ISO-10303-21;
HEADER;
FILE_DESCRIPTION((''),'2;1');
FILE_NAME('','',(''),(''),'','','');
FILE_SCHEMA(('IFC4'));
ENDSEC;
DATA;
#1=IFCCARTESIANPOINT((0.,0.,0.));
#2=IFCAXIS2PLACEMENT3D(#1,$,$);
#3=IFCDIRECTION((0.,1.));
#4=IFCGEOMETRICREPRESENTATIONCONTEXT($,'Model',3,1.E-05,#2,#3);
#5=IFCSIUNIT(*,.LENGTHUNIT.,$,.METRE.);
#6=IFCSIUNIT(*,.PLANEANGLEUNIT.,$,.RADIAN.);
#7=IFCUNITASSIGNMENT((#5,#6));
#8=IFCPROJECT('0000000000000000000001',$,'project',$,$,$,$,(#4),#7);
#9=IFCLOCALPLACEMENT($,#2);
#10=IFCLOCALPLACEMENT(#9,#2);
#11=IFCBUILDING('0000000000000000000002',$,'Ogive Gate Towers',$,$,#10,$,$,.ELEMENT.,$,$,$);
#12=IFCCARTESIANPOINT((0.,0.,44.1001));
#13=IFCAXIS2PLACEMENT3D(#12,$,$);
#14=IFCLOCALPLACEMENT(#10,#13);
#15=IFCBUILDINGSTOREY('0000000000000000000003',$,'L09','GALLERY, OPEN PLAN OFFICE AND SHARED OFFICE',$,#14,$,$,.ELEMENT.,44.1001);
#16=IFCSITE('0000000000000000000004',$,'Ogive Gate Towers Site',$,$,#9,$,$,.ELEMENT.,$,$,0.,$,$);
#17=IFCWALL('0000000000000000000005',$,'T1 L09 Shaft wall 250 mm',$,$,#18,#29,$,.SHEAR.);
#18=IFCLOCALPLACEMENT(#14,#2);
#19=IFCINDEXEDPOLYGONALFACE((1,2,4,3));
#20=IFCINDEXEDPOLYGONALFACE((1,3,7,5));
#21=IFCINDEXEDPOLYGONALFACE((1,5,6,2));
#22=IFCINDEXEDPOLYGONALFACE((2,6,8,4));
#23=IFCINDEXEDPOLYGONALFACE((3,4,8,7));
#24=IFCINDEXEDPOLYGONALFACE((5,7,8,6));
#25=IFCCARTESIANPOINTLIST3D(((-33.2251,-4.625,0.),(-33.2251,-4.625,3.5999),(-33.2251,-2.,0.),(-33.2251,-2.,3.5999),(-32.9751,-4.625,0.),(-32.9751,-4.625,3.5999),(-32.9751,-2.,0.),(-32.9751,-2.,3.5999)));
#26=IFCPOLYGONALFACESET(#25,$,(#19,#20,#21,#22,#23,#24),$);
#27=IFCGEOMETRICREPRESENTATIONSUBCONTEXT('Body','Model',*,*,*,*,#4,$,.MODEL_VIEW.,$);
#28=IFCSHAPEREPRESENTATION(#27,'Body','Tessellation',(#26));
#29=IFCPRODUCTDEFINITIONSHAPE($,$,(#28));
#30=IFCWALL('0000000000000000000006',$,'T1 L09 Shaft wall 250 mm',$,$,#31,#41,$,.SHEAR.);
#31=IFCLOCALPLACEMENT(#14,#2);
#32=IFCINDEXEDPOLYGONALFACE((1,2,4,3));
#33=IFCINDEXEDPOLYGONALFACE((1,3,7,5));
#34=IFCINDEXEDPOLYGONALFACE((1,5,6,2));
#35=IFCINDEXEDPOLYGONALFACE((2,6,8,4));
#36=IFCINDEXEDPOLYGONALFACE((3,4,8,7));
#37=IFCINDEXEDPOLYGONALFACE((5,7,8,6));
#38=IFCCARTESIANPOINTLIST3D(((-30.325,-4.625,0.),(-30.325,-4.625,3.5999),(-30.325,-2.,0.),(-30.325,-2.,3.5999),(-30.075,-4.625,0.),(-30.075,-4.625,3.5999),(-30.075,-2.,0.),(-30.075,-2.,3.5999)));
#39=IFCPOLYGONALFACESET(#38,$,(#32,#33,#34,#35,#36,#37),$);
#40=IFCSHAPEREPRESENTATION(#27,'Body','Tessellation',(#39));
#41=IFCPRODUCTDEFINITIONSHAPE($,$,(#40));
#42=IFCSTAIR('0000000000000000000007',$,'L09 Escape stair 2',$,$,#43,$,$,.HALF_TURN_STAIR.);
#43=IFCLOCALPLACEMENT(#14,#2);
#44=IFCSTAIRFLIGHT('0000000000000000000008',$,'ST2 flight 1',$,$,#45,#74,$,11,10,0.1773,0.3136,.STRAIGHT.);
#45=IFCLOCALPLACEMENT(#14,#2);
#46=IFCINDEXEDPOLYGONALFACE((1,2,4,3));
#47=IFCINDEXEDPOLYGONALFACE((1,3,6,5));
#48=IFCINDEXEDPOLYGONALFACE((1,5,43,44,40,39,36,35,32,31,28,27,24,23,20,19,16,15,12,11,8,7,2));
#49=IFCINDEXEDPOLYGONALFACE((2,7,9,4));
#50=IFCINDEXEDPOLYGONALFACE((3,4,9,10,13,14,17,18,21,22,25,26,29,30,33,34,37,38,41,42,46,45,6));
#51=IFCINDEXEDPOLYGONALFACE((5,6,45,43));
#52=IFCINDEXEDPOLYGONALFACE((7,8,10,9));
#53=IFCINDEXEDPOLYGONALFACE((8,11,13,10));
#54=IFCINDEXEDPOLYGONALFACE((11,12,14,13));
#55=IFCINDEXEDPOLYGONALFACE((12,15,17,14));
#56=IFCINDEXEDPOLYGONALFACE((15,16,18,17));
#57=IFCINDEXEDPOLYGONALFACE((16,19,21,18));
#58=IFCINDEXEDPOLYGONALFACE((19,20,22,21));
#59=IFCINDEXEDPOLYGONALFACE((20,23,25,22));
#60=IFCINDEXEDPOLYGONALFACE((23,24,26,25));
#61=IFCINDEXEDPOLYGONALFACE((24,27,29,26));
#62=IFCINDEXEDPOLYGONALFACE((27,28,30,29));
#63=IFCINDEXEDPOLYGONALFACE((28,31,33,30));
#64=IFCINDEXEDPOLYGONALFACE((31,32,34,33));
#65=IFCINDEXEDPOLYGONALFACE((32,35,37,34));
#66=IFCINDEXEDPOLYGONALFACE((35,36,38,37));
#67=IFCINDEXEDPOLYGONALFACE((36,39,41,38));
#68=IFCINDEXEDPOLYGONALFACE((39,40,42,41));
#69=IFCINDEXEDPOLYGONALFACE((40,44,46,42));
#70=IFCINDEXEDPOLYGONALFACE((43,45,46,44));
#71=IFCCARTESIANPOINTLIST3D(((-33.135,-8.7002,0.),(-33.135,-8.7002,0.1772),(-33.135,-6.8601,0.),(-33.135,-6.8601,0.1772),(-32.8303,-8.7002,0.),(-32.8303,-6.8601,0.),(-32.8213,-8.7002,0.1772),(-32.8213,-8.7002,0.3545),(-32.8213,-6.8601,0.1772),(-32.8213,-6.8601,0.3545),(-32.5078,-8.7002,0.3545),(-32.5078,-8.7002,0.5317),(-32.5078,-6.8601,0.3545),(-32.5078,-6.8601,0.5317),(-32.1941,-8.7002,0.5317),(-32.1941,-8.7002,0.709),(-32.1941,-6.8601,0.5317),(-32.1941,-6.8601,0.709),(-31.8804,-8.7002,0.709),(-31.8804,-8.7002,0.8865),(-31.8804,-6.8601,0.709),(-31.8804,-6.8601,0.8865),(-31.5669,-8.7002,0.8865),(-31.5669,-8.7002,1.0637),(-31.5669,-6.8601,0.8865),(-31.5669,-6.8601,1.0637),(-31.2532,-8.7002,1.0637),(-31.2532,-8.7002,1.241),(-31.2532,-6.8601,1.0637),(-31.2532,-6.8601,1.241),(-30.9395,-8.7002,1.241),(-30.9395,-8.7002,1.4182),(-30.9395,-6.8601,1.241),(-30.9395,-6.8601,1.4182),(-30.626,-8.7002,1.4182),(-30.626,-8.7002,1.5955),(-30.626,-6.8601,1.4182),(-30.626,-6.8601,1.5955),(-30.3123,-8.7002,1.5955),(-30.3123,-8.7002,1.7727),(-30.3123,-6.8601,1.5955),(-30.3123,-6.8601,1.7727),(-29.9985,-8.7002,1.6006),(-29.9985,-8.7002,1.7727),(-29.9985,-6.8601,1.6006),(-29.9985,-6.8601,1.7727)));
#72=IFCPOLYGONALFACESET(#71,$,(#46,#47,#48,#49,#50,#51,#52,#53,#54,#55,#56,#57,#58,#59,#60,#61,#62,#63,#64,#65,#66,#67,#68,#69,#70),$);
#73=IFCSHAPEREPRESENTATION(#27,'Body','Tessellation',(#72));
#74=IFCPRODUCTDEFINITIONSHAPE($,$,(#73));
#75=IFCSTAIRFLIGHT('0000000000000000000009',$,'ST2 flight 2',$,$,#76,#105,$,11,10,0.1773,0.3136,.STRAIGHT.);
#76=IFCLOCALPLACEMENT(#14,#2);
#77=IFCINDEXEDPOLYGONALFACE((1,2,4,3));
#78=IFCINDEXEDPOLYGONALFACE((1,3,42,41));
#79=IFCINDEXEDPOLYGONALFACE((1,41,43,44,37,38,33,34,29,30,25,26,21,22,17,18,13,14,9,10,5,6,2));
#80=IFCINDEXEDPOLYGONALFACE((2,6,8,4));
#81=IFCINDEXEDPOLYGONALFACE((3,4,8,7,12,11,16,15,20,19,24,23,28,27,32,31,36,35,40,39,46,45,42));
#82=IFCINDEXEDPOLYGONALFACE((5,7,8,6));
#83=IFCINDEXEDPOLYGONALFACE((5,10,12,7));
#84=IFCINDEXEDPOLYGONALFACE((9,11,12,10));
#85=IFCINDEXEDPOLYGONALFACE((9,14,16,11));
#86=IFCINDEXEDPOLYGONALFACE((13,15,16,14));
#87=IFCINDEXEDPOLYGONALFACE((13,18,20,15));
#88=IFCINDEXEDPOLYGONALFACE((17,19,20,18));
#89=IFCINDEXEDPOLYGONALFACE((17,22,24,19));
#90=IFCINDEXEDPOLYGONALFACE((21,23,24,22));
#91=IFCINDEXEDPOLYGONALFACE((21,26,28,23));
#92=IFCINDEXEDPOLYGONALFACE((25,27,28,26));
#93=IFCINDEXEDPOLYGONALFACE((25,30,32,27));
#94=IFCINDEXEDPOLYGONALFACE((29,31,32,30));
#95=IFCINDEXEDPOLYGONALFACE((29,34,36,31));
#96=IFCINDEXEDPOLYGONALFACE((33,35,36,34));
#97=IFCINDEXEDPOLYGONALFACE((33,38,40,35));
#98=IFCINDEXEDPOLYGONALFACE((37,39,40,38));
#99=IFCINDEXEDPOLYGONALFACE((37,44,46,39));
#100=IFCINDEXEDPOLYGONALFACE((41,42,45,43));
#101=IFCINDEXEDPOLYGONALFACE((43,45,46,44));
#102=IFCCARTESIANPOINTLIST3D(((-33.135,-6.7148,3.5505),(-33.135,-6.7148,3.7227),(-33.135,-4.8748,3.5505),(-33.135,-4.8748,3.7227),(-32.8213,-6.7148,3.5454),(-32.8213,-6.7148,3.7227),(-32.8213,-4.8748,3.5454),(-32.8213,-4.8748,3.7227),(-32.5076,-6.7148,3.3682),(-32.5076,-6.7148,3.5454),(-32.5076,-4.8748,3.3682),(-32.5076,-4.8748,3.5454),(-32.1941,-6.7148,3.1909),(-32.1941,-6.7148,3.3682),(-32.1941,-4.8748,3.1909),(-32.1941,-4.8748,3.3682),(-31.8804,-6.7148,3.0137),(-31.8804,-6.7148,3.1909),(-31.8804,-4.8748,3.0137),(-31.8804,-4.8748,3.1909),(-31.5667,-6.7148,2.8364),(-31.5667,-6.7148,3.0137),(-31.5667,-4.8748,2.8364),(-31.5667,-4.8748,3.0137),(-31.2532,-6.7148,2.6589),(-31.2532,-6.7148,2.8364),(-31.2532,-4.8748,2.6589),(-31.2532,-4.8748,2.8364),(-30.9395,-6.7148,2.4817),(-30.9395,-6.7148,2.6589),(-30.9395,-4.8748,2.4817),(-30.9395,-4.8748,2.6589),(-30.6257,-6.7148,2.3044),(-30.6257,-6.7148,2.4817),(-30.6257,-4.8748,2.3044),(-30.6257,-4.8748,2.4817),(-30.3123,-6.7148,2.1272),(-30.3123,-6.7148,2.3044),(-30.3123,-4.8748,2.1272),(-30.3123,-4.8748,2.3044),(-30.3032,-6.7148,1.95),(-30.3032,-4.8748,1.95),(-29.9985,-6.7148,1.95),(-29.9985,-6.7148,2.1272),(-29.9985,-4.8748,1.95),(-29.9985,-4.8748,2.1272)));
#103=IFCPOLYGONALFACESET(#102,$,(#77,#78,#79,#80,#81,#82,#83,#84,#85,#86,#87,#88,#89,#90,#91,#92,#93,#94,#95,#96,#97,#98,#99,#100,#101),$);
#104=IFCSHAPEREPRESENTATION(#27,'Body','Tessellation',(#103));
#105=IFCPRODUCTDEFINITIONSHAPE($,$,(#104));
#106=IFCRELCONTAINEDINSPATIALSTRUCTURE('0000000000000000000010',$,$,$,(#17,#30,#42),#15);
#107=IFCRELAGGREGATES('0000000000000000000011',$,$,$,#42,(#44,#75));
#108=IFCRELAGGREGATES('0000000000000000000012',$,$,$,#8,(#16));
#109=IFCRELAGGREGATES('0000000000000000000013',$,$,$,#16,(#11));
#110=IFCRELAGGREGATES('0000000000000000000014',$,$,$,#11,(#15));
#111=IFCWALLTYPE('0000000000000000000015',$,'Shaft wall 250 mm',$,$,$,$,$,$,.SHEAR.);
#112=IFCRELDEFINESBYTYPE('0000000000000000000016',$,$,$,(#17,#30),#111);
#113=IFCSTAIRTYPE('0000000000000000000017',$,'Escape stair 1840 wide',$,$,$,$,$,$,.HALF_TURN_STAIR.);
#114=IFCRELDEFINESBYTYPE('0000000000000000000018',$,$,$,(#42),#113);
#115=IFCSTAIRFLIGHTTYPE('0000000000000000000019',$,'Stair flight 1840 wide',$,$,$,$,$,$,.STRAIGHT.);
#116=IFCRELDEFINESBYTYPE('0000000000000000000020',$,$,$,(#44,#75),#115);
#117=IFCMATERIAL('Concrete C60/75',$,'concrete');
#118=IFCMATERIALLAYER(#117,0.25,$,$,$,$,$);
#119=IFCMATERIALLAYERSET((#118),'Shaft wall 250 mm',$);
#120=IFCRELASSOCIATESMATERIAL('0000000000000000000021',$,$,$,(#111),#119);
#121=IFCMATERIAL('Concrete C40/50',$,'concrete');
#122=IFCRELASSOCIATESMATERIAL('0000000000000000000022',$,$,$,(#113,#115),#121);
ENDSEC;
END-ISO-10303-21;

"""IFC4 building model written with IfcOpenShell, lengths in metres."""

from ifc_helpers import new_model, si_unit, direction, frame, frame_2d, origin, place, context, subcontext, project, spatial, polyline, rectangle, outline, extrude, material, layer, layer_set, type_object, element, aggregate, save


model = new_model("IFC4")

# Units and contexts
model_context = context("Model", 3, precision=1e-05, world=origin(), true_north=direction((0.0, 1.0)))
body_context = subcontext(model_context, "Body", "Model", "MODEL_VIEW")
ifc_project = project(units=[si_unit("LENGTHUNIT", "METRE"), si_unit("PLANEANGLEUNIT", "RADIAN")], contexts=[model_context])

# Site, building, storey
site_placement = place(None, origin())
site = spatial("IfcSite", under=ifc_project, at=site_placement, Name="Ogive Gate Towers Site", CompositionType="ELEMENT", RefElevation=0.0)
building_placement = place(site_placement, origin())
building = spatial("IfcBuilding", under=site, at=building_placement, Name="Ogive Gate Towers", CompositionType="ELEMENT")
storey_placement = place(building_placement, frame((0.0, 0.0, 44.1001)))
storey = spatial("IfcBuildingStorey", under=building, at=storey_placement, Name="L09", Description="GALLERY, OPEN PLAN OFFICE AND SHARED OFFICE", CompositionType="ELEMENT", Elevation=44.1001)

# Shared definitions
ifc_material_1 = material(Name="Concrete C60/75", Category="concrete")
ifc_layer_1 = layer(ifc_material_1, 0.25)
ifc_layer_set_1 = layer_set([ifc_layer_1], Name="Shaft wall 250 mm")
wall_type_1 = type_object("IfcWallType", Name="Shaft wall 250 mm", PredefinedType="SHEAR", material=ifc_layer_set_1)

# Walls
for number, where, z_axis, x_axis, name in (
    (1, (-33.1001, -4.625, 0.0), (0.0, 0.0, 1.0), (0.0, 1.0, 0.0), "T1 L09 Shaft wall 250 mm"),
    (2, (-30.2, -4.625, 0.0), (0.0, 0.0, 1.0), (0.0, 1.0, 0.0), "T1 L09 Shaft wall 250 mm"),
):
    element("IfcWall", number, at=place(storey_placement, frame(where, z_axis=z_axis, x_axis=x_axis)), inside=storey, type_object=wall_type_1, Name=name, PredefinedType="SHEAR", context=body_context, shape_type="SweptSolid", body=[
        extrude(rectangle(XDim=2.625, YDim=0.25, at=frame_2d((1.3125, 0.0))), origin(), (0.0, 0.0, 1.0), 3.5999),
    ])

# Stair, stair flights
ifc_material_2 = material(Name="Concrete C40/50", Category="concrete")
stair_type = type_object("IfcStairType", Name="Escape stair 1840 wide", PredefinedType="HALF_TURN_STAIR", material=ifc_material_2)
stair_placement = place(storey_placement, origin())
stair = element("IfcStair", 3, at=stair_placement, inside=storey, type_object=stair_type, Name="L09 Escape stair 2", PredefinedType="HALF_TURN_STAIR")
stair_flight_type = type_object("IfcStairFlightType", Name="Stair flight 1840 wide", PredefinedType="STRAIGHT", material=ifc_material_2)
stair_flight_1_placement = place(storey_placement, frame((-33.135, -7.78, 0.0), z_axis=(0.0, 0.0, 1.0), x_axis=(1.0, 0.0, 0.0)))
stair_flight_1 = element("IfcStairFlight", 4, at=stair_flight_1_placement, type_object=stair_flight_type, Name="ST2 flight 1", NumberOfRisers=11, NumberOfTreads=10, PredefinedType="STRAIGHT", RiserHeight=0.1773, TreadLength=0.3136, context=body_context, shape_type="SweptSolid", body=[
    extrude(outline(polyline([(0.0, 0.0), (0.0, 0.1772), (0.3137, 0.1772), (0.3137, 0.3545), (0.6272, 0.3545), (0.6272, 0.5317), (0.9409, 0.5317), (0.9409, 0.709), (1.2546, 0.709), (1.2546, 0.8865), (1.5681, 0.8865), (1.5681, 1.0637), (1.8818, 1.0637), (1.8818, 1.241), (2.1956, 1.241), (2.1956, 1.4182), (2.509, 1.4182), (2.509, 1.5955), (2.8228, 1.5955), (2.8228, 1.7727), (3.1365, 1.7727), (3.1365, 1.95), (3.1365, 1.6006), (0.3047, 0.0), (0.0, 0.0)])), frame((0.0, 0.9199, 0.0), z_axis=(0.0, -1.0, 0.0), x_axis=(1.0, 0.0, 0.0)), (0.0, 0.0, 1.0), 1.8401),
])
stair_flight_2_placement = place(storey_placement, frame((-29.9985, -5.7949, 1.95), z_axis=(0.0, 0.0, 1.0), x_axis=(-1.0, 0.0, 0.0)))
stair_flight_2 = element("IfcStairFlight", 5, at=stair_flight_2_placement, type_object=stair_flight_type, Name="ST2 flight 2", NumberOfRisers=11, NumberOfTreads=10, PredefinedType="STRAIGHT", RiserHeight=0.1773, TreadLength=0.3136, context=body_context, shape_type="SweptSolid", body=[
    extrude(outline(polyline([(0.0, 0.0), (0.0, 0.1772), (0.3137, 0.1772), (0.3137, 0.3545), (0.6272, 0.3545), (0.6272, 0.5317), (0.9409, 0.5317), (0.9409, 0.709), (1.2546, 0.709), (1.2546, 0.8865), (1.5681, 0.8865), (1.5681, 1.0637), (1.8818, 1.0637), (1.8818, 1.241), (2.1956, 1.241), (2.1956, 1.4182), (2.509, 1.4182), (2.509, 1.5955), (2.8228, 1.5955), (2.8228, 1.7727), (3.1365, 1.7727), (3.1365, 1.95), (3.1365, 1.6006), (0.3047, 0.0), (0.0, 0.0)])), frame((0.0, 0.9199, 0.0), z_axis=(0.0, -1.0, 0.0), x_axis=(1.0, 0.0, 0.0)), (0.0, 0.0, 1.0), 1.8401),
])
aggregate(stair, [stair_flight_1, stair_flight_2])

save(model, "model.ifc")
